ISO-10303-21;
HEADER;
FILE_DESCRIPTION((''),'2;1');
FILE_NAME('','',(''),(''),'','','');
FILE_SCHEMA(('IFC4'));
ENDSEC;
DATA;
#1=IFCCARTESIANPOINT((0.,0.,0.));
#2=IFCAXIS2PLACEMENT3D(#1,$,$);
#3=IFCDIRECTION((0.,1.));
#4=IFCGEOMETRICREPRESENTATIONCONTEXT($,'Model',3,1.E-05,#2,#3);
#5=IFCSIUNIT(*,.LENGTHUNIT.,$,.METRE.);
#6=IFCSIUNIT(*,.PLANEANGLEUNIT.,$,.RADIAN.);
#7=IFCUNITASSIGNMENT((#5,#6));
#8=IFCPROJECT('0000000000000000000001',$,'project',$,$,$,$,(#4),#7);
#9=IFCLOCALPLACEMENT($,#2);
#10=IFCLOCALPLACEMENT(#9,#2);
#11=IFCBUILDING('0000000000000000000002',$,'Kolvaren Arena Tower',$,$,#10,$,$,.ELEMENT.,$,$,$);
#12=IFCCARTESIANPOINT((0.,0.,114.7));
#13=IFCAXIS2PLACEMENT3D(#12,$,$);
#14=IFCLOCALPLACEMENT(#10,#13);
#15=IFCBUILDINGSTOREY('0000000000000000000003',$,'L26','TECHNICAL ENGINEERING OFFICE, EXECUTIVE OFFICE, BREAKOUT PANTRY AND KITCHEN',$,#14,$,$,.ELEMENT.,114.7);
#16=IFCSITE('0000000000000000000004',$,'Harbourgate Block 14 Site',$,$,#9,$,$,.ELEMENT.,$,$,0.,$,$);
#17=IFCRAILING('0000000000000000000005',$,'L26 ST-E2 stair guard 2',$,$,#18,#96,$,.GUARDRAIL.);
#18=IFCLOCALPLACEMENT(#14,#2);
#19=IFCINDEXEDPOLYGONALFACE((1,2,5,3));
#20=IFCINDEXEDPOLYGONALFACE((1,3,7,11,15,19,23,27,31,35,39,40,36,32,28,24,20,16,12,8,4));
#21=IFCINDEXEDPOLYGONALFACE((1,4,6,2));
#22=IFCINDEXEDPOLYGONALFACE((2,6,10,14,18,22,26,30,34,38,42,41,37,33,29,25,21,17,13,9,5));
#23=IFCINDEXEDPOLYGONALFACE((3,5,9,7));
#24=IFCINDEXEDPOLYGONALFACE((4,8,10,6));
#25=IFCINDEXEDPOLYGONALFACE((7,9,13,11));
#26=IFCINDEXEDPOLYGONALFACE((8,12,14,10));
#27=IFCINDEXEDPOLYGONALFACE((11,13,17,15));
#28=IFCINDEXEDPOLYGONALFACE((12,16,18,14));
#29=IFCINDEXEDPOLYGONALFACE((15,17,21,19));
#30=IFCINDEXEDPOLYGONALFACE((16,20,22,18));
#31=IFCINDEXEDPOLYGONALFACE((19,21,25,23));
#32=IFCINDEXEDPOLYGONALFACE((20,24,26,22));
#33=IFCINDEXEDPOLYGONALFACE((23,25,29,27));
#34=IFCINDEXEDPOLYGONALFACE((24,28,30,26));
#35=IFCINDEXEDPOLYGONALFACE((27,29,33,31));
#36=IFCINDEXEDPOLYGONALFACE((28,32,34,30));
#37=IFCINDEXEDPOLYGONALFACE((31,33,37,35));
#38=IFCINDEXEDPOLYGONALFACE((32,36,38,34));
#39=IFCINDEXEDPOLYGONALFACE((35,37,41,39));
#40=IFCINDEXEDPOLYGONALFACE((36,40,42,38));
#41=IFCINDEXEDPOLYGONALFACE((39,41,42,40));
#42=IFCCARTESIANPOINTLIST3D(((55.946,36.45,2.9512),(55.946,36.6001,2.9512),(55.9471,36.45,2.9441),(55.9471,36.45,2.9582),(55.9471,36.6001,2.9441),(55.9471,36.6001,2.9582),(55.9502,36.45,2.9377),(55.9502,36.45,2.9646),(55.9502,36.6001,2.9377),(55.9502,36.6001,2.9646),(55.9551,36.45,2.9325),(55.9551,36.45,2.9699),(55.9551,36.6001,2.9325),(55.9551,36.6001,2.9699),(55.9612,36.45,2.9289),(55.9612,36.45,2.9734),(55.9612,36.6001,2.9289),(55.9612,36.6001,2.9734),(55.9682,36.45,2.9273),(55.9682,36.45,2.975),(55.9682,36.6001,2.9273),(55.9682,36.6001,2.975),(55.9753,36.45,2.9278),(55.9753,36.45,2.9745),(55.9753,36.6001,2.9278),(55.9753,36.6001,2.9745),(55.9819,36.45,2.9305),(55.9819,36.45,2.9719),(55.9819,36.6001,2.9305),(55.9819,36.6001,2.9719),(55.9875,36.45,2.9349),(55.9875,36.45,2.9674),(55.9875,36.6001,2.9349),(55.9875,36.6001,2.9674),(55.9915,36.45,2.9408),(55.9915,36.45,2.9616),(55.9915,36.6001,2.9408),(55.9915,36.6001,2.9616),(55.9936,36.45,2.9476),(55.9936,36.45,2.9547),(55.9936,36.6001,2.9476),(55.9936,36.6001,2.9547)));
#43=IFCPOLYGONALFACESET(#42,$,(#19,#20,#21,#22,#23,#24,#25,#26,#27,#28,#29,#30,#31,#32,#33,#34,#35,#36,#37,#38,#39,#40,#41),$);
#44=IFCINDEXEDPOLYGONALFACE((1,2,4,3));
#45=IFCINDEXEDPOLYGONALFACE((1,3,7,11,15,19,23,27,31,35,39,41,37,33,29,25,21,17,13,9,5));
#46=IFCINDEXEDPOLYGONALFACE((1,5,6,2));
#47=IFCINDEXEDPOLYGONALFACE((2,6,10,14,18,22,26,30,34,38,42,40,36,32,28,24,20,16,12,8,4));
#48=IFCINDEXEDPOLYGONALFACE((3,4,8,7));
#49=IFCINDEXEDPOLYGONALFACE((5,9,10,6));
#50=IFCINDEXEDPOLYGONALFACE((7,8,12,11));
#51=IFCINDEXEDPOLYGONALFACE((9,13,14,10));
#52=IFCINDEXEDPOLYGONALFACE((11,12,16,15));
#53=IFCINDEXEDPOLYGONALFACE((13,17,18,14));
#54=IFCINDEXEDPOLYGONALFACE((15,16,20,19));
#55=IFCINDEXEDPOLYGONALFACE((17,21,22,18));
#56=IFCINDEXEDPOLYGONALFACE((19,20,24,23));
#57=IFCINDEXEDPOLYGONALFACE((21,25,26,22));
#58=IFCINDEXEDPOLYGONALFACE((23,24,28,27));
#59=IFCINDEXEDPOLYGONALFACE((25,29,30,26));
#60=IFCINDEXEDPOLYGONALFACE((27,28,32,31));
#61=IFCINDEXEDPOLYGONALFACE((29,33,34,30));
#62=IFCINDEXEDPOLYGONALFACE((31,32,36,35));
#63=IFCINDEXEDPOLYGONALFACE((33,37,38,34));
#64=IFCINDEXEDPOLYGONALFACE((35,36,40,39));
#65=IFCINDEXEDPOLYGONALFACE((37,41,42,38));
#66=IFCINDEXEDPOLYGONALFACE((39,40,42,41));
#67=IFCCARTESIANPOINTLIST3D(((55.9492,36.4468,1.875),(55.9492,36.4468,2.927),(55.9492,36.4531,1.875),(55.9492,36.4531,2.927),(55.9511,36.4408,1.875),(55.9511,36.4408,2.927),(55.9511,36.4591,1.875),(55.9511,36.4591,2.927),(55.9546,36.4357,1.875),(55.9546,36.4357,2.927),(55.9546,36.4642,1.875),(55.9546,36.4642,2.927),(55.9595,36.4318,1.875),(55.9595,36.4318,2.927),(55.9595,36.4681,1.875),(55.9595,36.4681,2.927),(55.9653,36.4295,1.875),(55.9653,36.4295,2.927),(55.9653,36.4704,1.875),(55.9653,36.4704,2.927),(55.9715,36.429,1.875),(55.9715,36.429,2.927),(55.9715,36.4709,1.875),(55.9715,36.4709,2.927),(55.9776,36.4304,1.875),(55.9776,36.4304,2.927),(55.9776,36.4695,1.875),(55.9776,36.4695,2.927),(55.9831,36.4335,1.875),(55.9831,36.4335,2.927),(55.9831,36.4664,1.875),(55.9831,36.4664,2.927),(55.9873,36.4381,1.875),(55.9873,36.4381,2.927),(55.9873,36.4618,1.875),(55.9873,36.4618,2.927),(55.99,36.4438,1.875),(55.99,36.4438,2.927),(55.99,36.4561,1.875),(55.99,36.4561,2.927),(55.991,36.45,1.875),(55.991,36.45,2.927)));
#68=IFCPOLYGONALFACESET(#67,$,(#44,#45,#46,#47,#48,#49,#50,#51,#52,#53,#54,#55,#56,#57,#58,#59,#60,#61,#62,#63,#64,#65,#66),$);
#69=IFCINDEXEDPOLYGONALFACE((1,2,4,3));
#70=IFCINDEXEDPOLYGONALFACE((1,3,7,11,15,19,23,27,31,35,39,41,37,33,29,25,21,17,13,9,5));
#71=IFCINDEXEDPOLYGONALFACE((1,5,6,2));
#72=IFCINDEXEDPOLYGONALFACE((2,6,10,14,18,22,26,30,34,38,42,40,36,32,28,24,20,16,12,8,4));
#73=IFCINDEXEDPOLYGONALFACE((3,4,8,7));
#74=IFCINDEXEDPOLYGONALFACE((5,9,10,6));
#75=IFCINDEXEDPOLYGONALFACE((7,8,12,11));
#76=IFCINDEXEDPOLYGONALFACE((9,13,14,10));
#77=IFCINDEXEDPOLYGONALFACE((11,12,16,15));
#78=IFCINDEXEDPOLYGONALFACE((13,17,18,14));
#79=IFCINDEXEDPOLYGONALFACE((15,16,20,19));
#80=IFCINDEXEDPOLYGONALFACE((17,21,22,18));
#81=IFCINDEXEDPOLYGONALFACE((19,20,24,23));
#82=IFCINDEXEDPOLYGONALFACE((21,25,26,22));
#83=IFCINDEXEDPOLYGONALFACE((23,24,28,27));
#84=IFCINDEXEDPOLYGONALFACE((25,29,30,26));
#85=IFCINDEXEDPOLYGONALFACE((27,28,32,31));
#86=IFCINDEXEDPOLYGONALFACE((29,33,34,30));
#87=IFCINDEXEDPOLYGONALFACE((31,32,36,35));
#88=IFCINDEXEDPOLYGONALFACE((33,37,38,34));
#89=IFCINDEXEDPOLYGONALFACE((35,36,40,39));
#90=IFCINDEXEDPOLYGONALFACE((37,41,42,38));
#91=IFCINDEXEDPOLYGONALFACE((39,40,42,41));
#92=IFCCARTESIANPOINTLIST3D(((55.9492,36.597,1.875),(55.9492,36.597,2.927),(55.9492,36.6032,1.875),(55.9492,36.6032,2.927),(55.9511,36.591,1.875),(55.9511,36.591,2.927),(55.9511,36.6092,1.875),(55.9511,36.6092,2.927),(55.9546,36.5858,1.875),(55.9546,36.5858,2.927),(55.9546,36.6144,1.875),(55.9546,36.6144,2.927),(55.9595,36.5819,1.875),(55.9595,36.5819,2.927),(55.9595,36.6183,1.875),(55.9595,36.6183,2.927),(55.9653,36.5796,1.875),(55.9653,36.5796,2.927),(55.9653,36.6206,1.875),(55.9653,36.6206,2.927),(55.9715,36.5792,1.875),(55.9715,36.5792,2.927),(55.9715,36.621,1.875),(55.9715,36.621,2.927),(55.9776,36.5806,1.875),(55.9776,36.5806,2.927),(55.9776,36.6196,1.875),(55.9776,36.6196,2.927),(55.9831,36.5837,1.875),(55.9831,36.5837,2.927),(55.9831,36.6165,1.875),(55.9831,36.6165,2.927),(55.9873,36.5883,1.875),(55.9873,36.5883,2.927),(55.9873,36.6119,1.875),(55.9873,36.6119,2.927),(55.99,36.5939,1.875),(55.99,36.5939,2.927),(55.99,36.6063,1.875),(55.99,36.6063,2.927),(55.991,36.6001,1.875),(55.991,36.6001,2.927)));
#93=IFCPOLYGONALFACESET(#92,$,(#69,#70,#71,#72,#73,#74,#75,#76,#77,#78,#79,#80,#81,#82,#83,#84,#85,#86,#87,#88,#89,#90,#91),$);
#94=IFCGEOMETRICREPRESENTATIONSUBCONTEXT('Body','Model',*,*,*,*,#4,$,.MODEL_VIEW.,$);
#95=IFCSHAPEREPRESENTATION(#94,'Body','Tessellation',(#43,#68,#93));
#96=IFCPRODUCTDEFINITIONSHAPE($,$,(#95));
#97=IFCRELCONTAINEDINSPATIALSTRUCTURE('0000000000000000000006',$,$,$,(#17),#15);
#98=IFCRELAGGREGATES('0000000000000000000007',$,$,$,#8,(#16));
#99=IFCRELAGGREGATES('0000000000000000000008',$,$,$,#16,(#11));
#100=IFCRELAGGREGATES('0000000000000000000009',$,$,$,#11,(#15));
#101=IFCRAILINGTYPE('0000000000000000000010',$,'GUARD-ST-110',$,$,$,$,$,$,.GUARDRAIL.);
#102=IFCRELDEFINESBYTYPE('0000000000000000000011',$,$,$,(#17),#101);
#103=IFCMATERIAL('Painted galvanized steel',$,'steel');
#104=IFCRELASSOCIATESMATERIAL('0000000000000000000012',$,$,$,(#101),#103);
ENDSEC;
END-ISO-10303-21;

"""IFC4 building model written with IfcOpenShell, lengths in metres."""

from ifc_helpers import new_model, si_unit, direction, frame, origin, origin_2d, place, context, subcontext, project, spatial, circle, extrude, material, type_object, element, save


model = new_model("IFC4")

# Units and contexts
model_context = context("Model", 3, precision=1e-05, world=origin(), true_north=direction((0.0, 1.0)))
body_context = subcontext(model_context, "Body", "Model", "MODEL_VIEW")
ifc_project = project(units=[si_unit("LENGTHUNIT", "METRE"), si_unit("PLANEANGLEUNIT", "RADIAN")], contexts=[model_context])

# Site, building, storey
site_placement = place(None, origin())
site = spatial("IfcSite", under=ifc_project, at=site_placement, Name="Harbourgate Block 14 Site", CompositionType="ELEMENT", RefElevation=0.0)
building_placement = place(site_placement, origin())
building = spatial("IfcBuilding", under=site, at=building_placement, Name="Kolvaren Arena Tower", CompositionType="ELEMENT")
storey_placement = place(building_placement, frame((0.0, 0.0, 114.7)))
storey = spatial("IfcBuildingStorey", under=building, at=storey_placement, Name="L26", Description="TECHNICAL ENGINEERING OFFICE, EXECUTIVE OFFICE, BREAKOUT PANTRY AND KITCHEN", CompositionType="ELEMENT", Elevation=114.7)

# Railing
ifc_material_1 = material(Name="Painted galvanized steel", Category="steel")
railing_type_1 = type_object("IfcRailingType", Name="GUARD-ST-110", PredefinedType="GUARDRAIL", material=ifc_material_1)
railing_1_placement = place(storey_placement, frame((55.97, 36.45, 1.875)))
element("IfcRailing", 1, at=railing_1_placement, inside=storey, type_object=railing_type_1, Name="L26 ST-E2 stair guard 2", PredefinedType="GUARDRAIL", context=body_context, shape_type="SweptSolid", body=[
    extrude(circle(Radius=0.0239, at=origin_2d()), frame((0.0, 0.0, 1.0762), z_axis=(0.0, 1.0, 0.0), x_axis=(-1.0, 0.0, 0.0)), (0.0, 0.0, 1.0), 0.1501),
    extrude(circle(Radius=0.021, at=origin_2d()), origin(), (0.0, 0.0, 1.0), 1.052),
    extrude(circle(Radius=0.021, at=origin_2d()), frame((0.0, 0.1501, 0.0)), (0.0, 0.0, 1.0), 1.052),
])

save(model, "model.ifc")
